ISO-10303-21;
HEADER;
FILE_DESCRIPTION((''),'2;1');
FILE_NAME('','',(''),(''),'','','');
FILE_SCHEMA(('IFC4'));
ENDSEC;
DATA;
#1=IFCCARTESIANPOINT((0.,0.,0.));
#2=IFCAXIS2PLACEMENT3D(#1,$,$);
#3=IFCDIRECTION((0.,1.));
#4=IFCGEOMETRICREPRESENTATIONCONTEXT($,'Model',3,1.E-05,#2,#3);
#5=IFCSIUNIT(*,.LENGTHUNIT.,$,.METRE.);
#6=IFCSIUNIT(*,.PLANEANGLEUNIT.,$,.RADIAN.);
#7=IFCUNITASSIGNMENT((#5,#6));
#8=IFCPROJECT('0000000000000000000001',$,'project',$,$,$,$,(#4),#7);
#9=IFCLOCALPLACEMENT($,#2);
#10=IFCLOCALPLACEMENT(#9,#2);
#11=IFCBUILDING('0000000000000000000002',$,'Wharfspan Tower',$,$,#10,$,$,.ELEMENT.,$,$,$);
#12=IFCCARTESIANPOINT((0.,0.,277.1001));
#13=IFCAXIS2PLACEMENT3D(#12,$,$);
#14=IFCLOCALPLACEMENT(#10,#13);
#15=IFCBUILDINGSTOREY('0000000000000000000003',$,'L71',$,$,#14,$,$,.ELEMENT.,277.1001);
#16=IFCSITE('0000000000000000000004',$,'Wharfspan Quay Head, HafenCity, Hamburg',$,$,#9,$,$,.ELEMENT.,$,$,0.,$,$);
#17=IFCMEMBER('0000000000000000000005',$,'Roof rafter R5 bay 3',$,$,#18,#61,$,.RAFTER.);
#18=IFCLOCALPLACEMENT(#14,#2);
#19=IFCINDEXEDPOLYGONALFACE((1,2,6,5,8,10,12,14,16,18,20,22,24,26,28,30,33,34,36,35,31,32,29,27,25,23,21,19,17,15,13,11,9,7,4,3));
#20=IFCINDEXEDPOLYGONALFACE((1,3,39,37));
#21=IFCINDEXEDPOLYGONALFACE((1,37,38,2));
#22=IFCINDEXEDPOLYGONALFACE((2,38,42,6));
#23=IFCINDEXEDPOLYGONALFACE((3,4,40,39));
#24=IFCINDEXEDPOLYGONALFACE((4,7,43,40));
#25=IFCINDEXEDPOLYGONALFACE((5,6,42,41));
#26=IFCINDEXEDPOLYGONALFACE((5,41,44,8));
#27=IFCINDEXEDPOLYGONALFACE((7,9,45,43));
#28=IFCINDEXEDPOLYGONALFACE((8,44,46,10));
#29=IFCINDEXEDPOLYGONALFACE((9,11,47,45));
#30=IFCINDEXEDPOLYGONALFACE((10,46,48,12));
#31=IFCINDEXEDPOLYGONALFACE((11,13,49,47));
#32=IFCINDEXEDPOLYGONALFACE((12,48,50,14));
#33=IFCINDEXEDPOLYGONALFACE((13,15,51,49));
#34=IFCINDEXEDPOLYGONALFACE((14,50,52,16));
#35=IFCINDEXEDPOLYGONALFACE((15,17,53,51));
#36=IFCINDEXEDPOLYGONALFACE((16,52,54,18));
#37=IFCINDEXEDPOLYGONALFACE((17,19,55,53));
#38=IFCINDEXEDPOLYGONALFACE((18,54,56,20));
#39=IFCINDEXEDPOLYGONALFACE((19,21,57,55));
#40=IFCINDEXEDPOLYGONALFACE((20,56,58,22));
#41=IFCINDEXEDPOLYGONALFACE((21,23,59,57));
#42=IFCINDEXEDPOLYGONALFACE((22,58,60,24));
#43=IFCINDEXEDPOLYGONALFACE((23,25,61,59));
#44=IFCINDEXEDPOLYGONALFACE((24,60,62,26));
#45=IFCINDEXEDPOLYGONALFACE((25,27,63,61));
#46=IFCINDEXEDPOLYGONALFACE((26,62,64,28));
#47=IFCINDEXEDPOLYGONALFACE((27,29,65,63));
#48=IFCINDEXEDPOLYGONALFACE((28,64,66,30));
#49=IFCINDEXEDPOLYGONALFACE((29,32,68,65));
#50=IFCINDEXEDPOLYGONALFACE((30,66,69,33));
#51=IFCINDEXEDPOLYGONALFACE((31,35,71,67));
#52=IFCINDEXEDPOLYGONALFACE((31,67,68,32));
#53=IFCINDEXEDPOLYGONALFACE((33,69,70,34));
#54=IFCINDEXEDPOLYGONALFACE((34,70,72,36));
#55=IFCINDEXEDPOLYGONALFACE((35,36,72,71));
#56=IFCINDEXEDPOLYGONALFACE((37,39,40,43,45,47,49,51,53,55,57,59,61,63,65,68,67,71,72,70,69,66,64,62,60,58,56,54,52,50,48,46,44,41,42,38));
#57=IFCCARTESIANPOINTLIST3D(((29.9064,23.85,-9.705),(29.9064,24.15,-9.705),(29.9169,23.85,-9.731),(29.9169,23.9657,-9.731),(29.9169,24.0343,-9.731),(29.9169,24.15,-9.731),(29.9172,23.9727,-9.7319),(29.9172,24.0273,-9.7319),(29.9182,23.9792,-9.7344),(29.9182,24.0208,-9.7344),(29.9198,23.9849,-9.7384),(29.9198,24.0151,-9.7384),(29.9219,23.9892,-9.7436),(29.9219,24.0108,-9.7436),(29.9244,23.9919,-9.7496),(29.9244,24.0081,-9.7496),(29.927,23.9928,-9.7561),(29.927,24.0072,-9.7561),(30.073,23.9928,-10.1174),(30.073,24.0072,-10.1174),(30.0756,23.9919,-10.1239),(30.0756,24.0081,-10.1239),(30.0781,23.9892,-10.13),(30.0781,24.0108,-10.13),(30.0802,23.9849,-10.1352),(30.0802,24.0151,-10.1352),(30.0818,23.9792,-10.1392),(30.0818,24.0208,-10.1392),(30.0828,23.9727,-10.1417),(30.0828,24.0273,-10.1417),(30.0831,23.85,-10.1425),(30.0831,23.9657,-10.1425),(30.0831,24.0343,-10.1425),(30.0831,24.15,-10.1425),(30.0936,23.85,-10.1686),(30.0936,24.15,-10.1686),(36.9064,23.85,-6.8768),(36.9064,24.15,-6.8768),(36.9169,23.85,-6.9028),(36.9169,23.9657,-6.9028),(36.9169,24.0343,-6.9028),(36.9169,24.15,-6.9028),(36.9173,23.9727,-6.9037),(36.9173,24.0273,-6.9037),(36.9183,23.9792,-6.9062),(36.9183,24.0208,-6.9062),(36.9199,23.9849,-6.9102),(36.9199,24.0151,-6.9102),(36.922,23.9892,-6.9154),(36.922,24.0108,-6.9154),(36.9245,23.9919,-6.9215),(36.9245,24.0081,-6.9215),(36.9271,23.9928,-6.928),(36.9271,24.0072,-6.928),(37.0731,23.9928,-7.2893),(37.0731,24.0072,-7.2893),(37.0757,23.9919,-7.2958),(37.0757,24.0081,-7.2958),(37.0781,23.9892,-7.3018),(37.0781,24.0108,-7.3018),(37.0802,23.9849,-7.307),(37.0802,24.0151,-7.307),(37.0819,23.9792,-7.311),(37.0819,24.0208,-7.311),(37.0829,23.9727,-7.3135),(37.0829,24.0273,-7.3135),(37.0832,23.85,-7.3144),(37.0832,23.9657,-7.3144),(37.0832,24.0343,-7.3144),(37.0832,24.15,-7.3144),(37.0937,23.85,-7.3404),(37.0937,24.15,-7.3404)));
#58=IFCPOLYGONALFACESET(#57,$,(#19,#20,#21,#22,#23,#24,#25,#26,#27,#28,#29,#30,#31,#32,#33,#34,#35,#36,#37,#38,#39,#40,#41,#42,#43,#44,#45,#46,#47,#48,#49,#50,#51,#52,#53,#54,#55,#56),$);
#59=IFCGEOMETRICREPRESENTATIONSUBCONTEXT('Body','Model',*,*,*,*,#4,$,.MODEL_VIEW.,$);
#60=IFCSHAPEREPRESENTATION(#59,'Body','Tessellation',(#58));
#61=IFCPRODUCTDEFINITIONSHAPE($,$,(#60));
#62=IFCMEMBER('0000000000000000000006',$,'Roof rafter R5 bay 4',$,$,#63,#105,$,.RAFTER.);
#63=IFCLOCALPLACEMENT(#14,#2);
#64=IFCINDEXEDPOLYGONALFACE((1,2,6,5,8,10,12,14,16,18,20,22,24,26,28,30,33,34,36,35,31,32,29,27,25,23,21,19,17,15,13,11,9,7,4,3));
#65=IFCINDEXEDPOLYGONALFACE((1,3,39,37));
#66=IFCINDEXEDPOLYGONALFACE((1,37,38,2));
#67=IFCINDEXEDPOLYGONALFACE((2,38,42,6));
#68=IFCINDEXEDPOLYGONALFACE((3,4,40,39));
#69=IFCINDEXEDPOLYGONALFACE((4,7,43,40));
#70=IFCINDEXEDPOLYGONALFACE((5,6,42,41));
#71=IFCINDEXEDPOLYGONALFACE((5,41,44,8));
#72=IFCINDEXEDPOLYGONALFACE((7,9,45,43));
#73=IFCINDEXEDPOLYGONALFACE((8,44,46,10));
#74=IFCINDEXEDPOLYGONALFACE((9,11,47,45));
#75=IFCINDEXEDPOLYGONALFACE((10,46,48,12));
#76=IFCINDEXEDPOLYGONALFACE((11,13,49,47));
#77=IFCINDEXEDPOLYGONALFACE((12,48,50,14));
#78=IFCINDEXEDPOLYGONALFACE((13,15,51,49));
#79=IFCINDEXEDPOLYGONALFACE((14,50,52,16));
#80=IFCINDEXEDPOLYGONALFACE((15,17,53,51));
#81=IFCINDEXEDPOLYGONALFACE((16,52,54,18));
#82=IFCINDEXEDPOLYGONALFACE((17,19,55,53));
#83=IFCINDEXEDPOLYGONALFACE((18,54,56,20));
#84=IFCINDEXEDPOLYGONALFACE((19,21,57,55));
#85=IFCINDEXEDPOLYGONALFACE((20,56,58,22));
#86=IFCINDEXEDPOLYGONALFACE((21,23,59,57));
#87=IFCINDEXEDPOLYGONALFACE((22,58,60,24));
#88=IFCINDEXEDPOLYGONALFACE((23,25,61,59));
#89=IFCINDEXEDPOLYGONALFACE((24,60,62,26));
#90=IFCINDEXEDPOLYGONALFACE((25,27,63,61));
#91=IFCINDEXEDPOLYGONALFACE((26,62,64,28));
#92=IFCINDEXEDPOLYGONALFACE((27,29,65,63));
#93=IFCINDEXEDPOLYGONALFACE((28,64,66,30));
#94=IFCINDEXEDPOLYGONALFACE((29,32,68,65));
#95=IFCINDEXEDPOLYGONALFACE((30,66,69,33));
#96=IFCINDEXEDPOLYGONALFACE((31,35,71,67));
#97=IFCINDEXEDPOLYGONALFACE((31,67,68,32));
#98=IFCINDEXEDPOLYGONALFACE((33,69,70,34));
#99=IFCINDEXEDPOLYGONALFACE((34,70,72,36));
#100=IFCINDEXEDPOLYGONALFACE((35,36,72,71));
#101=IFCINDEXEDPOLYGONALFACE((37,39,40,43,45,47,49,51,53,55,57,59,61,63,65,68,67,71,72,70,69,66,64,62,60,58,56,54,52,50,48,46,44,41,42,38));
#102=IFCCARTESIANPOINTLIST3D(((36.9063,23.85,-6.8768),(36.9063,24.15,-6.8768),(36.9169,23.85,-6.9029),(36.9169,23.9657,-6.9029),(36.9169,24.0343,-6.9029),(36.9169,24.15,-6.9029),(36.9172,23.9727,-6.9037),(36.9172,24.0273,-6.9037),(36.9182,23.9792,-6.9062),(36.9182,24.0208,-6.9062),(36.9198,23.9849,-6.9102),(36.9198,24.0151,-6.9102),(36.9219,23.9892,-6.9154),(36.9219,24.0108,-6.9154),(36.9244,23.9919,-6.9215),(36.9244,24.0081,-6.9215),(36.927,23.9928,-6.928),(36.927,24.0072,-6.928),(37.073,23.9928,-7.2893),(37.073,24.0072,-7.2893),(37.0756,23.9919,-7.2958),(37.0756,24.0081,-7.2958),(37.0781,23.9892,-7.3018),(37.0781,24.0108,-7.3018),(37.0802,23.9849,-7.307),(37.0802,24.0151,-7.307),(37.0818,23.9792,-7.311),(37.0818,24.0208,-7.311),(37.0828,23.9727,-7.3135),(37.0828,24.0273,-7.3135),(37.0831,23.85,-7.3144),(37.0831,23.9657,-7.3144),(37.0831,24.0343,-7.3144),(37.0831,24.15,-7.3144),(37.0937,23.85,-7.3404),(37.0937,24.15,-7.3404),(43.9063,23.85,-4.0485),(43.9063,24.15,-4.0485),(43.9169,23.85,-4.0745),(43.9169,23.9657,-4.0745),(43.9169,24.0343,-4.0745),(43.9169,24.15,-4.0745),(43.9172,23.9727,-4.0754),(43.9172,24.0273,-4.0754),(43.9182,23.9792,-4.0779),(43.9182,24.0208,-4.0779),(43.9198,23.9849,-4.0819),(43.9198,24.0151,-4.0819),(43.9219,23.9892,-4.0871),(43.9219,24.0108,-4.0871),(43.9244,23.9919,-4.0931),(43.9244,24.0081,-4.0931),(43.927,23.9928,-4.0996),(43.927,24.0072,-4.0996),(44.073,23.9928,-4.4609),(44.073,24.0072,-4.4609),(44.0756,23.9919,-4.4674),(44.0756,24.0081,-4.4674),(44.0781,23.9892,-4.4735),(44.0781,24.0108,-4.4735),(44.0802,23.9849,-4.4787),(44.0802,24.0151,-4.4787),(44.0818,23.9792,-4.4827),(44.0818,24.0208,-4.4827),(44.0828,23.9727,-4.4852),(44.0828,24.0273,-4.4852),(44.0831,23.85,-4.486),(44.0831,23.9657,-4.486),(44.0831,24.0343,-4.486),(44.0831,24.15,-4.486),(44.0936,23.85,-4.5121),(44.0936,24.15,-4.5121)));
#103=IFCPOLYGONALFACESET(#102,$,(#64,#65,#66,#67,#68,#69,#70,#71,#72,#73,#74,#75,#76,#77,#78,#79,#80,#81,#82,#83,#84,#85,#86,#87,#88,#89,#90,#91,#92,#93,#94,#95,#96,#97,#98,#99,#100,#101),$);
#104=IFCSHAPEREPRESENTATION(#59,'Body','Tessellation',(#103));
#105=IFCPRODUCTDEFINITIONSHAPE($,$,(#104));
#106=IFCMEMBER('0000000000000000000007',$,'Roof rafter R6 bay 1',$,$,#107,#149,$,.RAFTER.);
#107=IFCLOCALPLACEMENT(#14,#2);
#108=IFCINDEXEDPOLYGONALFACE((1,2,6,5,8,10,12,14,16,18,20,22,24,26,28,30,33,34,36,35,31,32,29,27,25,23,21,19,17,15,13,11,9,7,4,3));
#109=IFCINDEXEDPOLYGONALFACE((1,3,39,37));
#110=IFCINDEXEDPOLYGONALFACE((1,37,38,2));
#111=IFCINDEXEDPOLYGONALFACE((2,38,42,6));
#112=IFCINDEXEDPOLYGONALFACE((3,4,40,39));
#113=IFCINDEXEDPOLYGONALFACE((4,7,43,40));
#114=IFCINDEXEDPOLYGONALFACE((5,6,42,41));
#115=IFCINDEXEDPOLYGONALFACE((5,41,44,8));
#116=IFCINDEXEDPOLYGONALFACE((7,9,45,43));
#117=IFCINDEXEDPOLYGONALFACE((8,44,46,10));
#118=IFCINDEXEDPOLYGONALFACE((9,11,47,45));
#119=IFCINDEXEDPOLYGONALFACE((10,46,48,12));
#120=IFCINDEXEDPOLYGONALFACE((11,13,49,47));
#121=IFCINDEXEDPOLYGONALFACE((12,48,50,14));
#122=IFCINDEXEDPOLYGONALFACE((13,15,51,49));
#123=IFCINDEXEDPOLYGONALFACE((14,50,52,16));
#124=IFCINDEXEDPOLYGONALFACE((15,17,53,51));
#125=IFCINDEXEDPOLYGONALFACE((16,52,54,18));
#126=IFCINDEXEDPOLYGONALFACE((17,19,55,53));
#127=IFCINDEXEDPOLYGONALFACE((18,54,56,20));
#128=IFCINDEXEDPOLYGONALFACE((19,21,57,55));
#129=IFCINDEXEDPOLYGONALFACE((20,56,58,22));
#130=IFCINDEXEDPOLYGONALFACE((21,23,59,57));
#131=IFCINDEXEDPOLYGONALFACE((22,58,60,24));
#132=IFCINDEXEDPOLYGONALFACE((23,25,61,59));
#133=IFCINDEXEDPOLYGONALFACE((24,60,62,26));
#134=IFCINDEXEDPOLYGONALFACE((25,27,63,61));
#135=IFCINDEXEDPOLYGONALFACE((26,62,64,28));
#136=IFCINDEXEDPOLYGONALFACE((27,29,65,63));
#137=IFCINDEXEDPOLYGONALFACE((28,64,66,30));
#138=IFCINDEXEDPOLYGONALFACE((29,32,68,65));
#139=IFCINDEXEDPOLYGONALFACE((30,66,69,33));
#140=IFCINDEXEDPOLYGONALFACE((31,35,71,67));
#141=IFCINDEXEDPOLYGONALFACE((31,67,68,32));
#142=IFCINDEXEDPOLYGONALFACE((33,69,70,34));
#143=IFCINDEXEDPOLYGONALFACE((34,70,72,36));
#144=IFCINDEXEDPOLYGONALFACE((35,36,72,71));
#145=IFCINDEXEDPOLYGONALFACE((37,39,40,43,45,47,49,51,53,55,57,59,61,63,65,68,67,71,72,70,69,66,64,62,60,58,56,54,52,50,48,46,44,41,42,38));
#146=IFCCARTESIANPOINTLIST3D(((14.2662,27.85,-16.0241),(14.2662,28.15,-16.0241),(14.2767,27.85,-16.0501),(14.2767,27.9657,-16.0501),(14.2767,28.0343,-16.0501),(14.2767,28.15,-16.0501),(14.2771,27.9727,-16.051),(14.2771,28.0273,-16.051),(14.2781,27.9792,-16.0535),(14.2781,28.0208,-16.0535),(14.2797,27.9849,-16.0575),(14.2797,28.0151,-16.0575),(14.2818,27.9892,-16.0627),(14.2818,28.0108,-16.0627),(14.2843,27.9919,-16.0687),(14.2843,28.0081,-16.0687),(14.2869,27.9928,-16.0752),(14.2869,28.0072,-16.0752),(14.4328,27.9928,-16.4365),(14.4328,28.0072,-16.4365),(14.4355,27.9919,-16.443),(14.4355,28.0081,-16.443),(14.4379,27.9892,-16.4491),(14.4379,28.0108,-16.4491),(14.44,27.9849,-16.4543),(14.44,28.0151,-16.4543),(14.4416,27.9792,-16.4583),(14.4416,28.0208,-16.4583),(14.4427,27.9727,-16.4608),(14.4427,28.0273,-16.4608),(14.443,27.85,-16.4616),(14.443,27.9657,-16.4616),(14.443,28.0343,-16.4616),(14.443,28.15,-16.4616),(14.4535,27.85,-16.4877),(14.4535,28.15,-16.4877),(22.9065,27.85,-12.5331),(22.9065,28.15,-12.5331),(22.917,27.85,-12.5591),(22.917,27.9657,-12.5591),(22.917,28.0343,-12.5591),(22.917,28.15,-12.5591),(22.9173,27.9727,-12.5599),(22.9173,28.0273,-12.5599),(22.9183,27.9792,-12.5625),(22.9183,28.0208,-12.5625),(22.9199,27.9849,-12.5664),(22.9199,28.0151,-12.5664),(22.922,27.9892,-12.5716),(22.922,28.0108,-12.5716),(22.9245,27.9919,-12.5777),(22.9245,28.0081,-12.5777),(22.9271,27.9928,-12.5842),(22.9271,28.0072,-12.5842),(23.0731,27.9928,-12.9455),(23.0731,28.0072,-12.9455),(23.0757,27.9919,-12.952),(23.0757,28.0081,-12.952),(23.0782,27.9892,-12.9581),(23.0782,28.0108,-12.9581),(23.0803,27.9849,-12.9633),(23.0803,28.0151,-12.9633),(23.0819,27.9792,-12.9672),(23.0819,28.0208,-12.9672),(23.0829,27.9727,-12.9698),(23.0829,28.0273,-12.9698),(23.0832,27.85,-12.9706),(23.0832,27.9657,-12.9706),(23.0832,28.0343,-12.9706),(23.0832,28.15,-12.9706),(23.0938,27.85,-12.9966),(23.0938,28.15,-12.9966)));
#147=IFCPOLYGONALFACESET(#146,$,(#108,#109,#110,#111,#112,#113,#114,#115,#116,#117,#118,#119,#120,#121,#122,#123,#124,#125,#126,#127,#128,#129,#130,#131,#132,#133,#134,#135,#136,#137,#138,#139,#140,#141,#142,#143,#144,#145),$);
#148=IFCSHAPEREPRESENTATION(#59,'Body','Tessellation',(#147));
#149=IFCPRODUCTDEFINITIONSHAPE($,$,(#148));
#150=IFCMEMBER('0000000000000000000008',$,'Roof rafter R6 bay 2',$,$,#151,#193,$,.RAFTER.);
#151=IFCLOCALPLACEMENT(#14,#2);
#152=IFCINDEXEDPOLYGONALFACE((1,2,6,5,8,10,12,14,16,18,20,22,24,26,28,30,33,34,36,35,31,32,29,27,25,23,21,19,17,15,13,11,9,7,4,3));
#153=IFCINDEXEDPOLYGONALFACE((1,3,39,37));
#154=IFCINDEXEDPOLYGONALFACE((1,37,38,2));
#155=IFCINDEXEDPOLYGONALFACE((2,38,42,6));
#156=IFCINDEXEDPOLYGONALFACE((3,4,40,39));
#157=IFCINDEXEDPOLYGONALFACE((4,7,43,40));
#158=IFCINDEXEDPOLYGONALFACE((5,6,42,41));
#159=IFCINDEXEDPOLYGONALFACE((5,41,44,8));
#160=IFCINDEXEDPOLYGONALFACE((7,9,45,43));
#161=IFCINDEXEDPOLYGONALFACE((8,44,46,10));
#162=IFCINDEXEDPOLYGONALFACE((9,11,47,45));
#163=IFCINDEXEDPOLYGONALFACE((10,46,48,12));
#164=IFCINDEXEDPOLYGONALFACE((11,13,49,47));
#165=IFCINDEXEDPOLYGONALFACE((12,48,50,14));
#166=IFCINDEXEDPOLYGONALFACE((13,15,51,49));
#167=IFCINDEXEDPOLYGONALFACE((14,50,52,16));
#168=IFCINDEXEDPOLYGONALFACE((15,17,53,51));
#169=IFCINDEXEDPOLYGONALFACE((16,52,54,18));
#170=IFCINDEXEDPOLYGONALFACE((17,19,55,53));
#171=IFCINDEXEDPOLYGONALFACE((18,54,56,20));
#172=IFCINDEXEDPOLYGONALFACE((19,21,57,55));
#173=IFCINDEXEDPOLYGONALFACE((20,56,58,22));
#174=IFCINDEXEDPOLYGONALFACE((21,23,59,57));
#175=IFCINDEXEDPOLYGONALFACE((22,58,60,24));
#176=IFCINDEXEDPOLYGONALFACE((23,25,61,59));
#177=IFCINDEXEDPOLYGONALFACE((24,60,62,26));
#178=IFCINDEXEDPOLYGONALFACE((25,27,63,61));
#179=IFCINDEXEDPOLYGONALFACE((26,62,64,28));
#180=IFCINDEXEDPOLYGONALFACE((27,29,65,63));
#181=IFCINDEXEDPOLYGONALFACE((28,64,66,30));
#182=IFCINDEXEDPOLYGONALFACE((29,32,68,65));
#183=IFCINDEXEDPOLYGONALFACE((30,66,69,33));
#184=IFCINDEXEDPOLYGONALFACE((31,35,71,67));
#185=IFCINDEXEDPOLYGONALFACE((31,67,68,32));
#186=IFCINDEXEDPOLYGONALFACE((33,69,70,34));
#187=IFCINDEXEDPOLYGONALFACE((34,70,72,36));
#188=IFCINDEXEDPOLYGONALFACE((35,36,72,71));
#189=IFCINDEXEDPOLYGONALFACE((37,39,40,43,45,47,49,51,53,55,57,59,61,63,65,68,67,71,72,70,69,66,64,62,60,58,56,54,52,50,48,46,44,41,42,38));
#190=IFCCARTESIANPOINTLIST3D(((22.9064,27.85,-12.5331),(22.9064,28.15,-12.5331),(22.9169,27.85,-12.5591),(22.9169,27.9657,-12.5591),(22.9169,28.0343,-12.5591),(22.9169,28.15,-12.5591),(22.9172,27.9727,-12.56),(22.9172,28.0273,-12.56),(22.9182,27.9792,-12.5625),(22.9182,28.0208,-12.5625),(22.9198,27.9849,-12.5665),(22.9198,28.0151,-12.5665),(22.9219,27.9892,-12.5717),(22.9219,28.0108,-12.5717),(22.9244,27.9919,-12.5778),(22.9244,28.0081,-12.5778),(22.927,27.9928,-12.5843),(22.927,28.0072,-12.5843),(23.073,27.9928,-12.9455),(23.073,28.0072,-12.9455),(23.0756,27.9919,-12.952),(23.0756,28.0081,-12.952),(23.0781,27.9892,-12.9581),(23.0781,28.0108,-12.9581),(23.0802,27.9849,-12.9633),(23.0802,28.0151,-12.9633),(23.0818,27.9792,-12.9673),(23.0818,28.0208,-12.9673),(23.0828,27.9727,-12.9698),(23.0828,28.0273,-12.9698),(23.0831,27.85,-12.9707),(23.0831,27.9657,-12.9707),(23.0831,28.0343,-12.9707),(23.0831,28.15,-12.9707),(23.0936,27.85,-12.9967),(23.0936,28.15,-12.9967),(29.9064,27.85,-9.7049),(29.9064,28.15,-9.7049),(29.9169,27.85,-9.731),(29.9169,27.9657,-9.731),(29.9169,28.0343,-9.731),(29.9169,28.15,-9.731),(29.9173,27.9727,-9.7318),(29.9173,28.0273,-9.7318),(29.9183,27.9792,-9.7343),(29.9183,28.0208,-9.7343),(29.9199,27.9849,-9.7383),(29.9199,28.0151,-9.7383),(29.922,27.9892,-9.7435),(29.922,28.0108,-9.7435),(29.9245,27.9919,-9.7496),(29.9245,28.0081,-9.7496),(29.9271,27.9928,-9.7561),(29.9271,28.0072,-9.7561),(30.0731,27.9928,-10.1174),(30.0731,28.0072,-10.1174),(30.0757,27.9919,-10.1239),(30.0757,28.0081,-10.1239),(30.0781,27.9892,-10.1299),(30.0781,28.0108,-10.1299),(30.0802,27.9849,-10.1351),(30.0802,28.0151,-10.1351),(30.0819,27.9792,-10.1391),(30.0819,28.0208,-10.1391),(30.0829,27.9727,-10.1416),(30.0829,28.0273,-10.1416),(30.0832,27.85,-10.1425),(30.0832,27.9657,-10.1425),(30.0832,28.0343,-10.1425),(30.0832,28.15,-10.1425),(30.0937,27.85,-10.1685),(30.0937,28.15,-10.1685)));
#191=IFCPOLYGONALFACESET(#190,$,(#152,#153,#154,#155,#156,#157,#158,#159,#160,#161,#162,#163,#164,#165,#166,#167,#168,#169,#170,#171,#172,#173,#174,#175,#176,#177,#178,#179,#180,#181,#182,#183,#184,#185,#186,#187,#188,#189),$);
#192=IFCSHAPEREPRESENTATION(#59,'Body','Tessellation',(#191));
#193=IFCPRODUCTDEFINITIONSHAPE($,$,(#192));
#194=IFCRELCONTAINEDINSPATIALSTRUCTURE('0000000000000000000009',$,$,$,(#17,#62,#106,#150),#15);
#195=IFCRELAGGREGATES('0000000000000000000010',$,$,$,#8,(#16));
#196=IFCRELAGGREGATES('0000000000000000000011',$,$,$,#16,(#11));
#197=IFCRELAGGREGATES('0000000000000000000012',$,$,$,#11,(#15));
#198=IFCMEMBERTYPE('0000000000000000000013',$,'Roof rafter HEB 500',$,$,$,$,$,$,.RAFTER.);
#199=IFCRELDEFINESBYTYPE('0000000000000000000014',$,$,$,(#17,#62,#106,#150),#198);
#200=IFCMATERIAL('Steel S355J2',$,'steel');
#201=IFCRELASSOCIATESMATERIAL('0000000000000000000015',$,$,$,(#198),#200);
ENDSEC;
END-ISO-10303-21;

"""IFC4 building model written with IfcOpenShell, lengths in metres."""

from ifc_helpers import new_model, si_unit, direction, frame, origin, origin_2d, place, context, subcontext, project, spatial, i_section, extrude, material, material_profile, profile_set, type_object, element, save


model = new_model("IFC4")

# Units and contexts
model_context = context("Model", 3, precision=1e-05, world=origin(), true_north=direction((0.0, 1.0)))
body_context = subcontext(model_context, "Body", "Model", "MODEL_VIEW")
ifc_project = project(units=[si_unit("LENGTHUNIT", "METRE"), si_unit("PLANEANGLEUNIT", "RADIAN")], contexts=[model_context])

# Site, building, storey
site_placement = place(None, origin())
site = spatial("IfcSite", under=ifc_project, at=site_placement, Name="Wharfspan Quay Head, HafenCity, Hamburg", CompositionType="ELEMENT", RefElevation=0.0)
building_placement = place(site_placement, origin())
building = spatial("IfcBuilding", under=site, at=building_placement, Name="Wharfspan Tower", CompositionType="ELEMENT")
storey_placement = place(building_placement, frame((0.0, 0.0, 277.1001)))
storey = spatial("IfcBuildingStorey", under=building, at=storey_placement, Name="L71", CompositionType="ELEMENT", Elevation=277.1001)

# Members
ifc_material = material(Name="Steel S355J2", Category="steel")
ifc_material_profile = material_profile(ifc_material, i_section(OverallWidth=0.3, OverallDepth=0.5, WebThickness=0.0144, FlangeThickness=0.0281, FilletRadius=0.0271, at=origin_2d()))
ifc_profile_set = profile_set([ifc_material_profile], Name="Steel S355J2")
member_type = type_object("IfcMemberType", Name="Roof rafter HEB 500", PredefinedType="RAFTER", material=ifc_profile_set)
for number, where, z_axis, x_axis, name in (
    (1, (30.0, 24.0, -9.9368), (0.927187, 0.0, 0.3746), (0.0, 1.0, 0.0), "Roof rafter R5 bay 3"),
    (2, (37.0, 24.0, -7.1086), (0.927175, 0.0, 0.374628), (0.0, 1.0, 0.0), "Roof rafter R5 bay 4"),
):
    element("IfcMember", number, at=place(storey_placement, frame(where, z_axis=z_axis, x_axis=x_axis)), inside=storey, type_object=member_type, Name=name, PredefinedType="RAFTER", context=body_context, shape_type="SweptSolid", body=[
        extrude(i_section(OverallWidth=0.3, OverallDepth=0.5, WebThickness=0.0144, FlangeThickness=0.0281, FilletRadius=0.0271, at=origin_2d()), origin(), (0.0, 0.0, 1.0), 7.5498),
    ])
member_1_placement = place(storey_placement, frame((14.3599, 28.0, -16.2559), z_axis=(0.927179, 0.0, 0.374618), x_axis=(0.0, 1.0, 0.0)))
element("IfcMember", 3, at=member_1_placement, inside=storey, type_object=member_type, Name="Roof rafter R6 bay 1", PredefinedType="RAFTER", context=body_context, shape_type="SweptSolid", body=[
    extrude(i_section(OverallWidth=0.3, OverallDepth=0.5, WebThickness=0.0144, FlangeThickness=0.0281, FilletRadius=0.0271, at=origin_2d()), origin(), (0.0, 0.0, 1.0), 9.3188),
])
for number, where, z_axis, x_axis, name in (
    (4, (23.0, 28.0, -12.7649), (0.927187, 0.0, 0.3746), (0.0, 1.0, 0.0), "Roof rafter R6 bay 2"),
):
    element("IfcMember", number, at=place(storey_placement, frame(where, z_axis=z_axis, x_axis=x_axis)), inside=storey, type_object=member_type, Name=name, PredefinedType="RAFTER", context=body_context, shape_type="SweptSolid", body=[
        extrude(i_section(OverallWidth=0.3, OverallDepth=0.5, WebThickness=0.0144, FlangeThickness=0.0281, FilletRadius=0.0271, at=origin_2d()), origin(), (0.0, 0.0, 1.0), 7.5498),
    ])

save(model, "model.ifc")
